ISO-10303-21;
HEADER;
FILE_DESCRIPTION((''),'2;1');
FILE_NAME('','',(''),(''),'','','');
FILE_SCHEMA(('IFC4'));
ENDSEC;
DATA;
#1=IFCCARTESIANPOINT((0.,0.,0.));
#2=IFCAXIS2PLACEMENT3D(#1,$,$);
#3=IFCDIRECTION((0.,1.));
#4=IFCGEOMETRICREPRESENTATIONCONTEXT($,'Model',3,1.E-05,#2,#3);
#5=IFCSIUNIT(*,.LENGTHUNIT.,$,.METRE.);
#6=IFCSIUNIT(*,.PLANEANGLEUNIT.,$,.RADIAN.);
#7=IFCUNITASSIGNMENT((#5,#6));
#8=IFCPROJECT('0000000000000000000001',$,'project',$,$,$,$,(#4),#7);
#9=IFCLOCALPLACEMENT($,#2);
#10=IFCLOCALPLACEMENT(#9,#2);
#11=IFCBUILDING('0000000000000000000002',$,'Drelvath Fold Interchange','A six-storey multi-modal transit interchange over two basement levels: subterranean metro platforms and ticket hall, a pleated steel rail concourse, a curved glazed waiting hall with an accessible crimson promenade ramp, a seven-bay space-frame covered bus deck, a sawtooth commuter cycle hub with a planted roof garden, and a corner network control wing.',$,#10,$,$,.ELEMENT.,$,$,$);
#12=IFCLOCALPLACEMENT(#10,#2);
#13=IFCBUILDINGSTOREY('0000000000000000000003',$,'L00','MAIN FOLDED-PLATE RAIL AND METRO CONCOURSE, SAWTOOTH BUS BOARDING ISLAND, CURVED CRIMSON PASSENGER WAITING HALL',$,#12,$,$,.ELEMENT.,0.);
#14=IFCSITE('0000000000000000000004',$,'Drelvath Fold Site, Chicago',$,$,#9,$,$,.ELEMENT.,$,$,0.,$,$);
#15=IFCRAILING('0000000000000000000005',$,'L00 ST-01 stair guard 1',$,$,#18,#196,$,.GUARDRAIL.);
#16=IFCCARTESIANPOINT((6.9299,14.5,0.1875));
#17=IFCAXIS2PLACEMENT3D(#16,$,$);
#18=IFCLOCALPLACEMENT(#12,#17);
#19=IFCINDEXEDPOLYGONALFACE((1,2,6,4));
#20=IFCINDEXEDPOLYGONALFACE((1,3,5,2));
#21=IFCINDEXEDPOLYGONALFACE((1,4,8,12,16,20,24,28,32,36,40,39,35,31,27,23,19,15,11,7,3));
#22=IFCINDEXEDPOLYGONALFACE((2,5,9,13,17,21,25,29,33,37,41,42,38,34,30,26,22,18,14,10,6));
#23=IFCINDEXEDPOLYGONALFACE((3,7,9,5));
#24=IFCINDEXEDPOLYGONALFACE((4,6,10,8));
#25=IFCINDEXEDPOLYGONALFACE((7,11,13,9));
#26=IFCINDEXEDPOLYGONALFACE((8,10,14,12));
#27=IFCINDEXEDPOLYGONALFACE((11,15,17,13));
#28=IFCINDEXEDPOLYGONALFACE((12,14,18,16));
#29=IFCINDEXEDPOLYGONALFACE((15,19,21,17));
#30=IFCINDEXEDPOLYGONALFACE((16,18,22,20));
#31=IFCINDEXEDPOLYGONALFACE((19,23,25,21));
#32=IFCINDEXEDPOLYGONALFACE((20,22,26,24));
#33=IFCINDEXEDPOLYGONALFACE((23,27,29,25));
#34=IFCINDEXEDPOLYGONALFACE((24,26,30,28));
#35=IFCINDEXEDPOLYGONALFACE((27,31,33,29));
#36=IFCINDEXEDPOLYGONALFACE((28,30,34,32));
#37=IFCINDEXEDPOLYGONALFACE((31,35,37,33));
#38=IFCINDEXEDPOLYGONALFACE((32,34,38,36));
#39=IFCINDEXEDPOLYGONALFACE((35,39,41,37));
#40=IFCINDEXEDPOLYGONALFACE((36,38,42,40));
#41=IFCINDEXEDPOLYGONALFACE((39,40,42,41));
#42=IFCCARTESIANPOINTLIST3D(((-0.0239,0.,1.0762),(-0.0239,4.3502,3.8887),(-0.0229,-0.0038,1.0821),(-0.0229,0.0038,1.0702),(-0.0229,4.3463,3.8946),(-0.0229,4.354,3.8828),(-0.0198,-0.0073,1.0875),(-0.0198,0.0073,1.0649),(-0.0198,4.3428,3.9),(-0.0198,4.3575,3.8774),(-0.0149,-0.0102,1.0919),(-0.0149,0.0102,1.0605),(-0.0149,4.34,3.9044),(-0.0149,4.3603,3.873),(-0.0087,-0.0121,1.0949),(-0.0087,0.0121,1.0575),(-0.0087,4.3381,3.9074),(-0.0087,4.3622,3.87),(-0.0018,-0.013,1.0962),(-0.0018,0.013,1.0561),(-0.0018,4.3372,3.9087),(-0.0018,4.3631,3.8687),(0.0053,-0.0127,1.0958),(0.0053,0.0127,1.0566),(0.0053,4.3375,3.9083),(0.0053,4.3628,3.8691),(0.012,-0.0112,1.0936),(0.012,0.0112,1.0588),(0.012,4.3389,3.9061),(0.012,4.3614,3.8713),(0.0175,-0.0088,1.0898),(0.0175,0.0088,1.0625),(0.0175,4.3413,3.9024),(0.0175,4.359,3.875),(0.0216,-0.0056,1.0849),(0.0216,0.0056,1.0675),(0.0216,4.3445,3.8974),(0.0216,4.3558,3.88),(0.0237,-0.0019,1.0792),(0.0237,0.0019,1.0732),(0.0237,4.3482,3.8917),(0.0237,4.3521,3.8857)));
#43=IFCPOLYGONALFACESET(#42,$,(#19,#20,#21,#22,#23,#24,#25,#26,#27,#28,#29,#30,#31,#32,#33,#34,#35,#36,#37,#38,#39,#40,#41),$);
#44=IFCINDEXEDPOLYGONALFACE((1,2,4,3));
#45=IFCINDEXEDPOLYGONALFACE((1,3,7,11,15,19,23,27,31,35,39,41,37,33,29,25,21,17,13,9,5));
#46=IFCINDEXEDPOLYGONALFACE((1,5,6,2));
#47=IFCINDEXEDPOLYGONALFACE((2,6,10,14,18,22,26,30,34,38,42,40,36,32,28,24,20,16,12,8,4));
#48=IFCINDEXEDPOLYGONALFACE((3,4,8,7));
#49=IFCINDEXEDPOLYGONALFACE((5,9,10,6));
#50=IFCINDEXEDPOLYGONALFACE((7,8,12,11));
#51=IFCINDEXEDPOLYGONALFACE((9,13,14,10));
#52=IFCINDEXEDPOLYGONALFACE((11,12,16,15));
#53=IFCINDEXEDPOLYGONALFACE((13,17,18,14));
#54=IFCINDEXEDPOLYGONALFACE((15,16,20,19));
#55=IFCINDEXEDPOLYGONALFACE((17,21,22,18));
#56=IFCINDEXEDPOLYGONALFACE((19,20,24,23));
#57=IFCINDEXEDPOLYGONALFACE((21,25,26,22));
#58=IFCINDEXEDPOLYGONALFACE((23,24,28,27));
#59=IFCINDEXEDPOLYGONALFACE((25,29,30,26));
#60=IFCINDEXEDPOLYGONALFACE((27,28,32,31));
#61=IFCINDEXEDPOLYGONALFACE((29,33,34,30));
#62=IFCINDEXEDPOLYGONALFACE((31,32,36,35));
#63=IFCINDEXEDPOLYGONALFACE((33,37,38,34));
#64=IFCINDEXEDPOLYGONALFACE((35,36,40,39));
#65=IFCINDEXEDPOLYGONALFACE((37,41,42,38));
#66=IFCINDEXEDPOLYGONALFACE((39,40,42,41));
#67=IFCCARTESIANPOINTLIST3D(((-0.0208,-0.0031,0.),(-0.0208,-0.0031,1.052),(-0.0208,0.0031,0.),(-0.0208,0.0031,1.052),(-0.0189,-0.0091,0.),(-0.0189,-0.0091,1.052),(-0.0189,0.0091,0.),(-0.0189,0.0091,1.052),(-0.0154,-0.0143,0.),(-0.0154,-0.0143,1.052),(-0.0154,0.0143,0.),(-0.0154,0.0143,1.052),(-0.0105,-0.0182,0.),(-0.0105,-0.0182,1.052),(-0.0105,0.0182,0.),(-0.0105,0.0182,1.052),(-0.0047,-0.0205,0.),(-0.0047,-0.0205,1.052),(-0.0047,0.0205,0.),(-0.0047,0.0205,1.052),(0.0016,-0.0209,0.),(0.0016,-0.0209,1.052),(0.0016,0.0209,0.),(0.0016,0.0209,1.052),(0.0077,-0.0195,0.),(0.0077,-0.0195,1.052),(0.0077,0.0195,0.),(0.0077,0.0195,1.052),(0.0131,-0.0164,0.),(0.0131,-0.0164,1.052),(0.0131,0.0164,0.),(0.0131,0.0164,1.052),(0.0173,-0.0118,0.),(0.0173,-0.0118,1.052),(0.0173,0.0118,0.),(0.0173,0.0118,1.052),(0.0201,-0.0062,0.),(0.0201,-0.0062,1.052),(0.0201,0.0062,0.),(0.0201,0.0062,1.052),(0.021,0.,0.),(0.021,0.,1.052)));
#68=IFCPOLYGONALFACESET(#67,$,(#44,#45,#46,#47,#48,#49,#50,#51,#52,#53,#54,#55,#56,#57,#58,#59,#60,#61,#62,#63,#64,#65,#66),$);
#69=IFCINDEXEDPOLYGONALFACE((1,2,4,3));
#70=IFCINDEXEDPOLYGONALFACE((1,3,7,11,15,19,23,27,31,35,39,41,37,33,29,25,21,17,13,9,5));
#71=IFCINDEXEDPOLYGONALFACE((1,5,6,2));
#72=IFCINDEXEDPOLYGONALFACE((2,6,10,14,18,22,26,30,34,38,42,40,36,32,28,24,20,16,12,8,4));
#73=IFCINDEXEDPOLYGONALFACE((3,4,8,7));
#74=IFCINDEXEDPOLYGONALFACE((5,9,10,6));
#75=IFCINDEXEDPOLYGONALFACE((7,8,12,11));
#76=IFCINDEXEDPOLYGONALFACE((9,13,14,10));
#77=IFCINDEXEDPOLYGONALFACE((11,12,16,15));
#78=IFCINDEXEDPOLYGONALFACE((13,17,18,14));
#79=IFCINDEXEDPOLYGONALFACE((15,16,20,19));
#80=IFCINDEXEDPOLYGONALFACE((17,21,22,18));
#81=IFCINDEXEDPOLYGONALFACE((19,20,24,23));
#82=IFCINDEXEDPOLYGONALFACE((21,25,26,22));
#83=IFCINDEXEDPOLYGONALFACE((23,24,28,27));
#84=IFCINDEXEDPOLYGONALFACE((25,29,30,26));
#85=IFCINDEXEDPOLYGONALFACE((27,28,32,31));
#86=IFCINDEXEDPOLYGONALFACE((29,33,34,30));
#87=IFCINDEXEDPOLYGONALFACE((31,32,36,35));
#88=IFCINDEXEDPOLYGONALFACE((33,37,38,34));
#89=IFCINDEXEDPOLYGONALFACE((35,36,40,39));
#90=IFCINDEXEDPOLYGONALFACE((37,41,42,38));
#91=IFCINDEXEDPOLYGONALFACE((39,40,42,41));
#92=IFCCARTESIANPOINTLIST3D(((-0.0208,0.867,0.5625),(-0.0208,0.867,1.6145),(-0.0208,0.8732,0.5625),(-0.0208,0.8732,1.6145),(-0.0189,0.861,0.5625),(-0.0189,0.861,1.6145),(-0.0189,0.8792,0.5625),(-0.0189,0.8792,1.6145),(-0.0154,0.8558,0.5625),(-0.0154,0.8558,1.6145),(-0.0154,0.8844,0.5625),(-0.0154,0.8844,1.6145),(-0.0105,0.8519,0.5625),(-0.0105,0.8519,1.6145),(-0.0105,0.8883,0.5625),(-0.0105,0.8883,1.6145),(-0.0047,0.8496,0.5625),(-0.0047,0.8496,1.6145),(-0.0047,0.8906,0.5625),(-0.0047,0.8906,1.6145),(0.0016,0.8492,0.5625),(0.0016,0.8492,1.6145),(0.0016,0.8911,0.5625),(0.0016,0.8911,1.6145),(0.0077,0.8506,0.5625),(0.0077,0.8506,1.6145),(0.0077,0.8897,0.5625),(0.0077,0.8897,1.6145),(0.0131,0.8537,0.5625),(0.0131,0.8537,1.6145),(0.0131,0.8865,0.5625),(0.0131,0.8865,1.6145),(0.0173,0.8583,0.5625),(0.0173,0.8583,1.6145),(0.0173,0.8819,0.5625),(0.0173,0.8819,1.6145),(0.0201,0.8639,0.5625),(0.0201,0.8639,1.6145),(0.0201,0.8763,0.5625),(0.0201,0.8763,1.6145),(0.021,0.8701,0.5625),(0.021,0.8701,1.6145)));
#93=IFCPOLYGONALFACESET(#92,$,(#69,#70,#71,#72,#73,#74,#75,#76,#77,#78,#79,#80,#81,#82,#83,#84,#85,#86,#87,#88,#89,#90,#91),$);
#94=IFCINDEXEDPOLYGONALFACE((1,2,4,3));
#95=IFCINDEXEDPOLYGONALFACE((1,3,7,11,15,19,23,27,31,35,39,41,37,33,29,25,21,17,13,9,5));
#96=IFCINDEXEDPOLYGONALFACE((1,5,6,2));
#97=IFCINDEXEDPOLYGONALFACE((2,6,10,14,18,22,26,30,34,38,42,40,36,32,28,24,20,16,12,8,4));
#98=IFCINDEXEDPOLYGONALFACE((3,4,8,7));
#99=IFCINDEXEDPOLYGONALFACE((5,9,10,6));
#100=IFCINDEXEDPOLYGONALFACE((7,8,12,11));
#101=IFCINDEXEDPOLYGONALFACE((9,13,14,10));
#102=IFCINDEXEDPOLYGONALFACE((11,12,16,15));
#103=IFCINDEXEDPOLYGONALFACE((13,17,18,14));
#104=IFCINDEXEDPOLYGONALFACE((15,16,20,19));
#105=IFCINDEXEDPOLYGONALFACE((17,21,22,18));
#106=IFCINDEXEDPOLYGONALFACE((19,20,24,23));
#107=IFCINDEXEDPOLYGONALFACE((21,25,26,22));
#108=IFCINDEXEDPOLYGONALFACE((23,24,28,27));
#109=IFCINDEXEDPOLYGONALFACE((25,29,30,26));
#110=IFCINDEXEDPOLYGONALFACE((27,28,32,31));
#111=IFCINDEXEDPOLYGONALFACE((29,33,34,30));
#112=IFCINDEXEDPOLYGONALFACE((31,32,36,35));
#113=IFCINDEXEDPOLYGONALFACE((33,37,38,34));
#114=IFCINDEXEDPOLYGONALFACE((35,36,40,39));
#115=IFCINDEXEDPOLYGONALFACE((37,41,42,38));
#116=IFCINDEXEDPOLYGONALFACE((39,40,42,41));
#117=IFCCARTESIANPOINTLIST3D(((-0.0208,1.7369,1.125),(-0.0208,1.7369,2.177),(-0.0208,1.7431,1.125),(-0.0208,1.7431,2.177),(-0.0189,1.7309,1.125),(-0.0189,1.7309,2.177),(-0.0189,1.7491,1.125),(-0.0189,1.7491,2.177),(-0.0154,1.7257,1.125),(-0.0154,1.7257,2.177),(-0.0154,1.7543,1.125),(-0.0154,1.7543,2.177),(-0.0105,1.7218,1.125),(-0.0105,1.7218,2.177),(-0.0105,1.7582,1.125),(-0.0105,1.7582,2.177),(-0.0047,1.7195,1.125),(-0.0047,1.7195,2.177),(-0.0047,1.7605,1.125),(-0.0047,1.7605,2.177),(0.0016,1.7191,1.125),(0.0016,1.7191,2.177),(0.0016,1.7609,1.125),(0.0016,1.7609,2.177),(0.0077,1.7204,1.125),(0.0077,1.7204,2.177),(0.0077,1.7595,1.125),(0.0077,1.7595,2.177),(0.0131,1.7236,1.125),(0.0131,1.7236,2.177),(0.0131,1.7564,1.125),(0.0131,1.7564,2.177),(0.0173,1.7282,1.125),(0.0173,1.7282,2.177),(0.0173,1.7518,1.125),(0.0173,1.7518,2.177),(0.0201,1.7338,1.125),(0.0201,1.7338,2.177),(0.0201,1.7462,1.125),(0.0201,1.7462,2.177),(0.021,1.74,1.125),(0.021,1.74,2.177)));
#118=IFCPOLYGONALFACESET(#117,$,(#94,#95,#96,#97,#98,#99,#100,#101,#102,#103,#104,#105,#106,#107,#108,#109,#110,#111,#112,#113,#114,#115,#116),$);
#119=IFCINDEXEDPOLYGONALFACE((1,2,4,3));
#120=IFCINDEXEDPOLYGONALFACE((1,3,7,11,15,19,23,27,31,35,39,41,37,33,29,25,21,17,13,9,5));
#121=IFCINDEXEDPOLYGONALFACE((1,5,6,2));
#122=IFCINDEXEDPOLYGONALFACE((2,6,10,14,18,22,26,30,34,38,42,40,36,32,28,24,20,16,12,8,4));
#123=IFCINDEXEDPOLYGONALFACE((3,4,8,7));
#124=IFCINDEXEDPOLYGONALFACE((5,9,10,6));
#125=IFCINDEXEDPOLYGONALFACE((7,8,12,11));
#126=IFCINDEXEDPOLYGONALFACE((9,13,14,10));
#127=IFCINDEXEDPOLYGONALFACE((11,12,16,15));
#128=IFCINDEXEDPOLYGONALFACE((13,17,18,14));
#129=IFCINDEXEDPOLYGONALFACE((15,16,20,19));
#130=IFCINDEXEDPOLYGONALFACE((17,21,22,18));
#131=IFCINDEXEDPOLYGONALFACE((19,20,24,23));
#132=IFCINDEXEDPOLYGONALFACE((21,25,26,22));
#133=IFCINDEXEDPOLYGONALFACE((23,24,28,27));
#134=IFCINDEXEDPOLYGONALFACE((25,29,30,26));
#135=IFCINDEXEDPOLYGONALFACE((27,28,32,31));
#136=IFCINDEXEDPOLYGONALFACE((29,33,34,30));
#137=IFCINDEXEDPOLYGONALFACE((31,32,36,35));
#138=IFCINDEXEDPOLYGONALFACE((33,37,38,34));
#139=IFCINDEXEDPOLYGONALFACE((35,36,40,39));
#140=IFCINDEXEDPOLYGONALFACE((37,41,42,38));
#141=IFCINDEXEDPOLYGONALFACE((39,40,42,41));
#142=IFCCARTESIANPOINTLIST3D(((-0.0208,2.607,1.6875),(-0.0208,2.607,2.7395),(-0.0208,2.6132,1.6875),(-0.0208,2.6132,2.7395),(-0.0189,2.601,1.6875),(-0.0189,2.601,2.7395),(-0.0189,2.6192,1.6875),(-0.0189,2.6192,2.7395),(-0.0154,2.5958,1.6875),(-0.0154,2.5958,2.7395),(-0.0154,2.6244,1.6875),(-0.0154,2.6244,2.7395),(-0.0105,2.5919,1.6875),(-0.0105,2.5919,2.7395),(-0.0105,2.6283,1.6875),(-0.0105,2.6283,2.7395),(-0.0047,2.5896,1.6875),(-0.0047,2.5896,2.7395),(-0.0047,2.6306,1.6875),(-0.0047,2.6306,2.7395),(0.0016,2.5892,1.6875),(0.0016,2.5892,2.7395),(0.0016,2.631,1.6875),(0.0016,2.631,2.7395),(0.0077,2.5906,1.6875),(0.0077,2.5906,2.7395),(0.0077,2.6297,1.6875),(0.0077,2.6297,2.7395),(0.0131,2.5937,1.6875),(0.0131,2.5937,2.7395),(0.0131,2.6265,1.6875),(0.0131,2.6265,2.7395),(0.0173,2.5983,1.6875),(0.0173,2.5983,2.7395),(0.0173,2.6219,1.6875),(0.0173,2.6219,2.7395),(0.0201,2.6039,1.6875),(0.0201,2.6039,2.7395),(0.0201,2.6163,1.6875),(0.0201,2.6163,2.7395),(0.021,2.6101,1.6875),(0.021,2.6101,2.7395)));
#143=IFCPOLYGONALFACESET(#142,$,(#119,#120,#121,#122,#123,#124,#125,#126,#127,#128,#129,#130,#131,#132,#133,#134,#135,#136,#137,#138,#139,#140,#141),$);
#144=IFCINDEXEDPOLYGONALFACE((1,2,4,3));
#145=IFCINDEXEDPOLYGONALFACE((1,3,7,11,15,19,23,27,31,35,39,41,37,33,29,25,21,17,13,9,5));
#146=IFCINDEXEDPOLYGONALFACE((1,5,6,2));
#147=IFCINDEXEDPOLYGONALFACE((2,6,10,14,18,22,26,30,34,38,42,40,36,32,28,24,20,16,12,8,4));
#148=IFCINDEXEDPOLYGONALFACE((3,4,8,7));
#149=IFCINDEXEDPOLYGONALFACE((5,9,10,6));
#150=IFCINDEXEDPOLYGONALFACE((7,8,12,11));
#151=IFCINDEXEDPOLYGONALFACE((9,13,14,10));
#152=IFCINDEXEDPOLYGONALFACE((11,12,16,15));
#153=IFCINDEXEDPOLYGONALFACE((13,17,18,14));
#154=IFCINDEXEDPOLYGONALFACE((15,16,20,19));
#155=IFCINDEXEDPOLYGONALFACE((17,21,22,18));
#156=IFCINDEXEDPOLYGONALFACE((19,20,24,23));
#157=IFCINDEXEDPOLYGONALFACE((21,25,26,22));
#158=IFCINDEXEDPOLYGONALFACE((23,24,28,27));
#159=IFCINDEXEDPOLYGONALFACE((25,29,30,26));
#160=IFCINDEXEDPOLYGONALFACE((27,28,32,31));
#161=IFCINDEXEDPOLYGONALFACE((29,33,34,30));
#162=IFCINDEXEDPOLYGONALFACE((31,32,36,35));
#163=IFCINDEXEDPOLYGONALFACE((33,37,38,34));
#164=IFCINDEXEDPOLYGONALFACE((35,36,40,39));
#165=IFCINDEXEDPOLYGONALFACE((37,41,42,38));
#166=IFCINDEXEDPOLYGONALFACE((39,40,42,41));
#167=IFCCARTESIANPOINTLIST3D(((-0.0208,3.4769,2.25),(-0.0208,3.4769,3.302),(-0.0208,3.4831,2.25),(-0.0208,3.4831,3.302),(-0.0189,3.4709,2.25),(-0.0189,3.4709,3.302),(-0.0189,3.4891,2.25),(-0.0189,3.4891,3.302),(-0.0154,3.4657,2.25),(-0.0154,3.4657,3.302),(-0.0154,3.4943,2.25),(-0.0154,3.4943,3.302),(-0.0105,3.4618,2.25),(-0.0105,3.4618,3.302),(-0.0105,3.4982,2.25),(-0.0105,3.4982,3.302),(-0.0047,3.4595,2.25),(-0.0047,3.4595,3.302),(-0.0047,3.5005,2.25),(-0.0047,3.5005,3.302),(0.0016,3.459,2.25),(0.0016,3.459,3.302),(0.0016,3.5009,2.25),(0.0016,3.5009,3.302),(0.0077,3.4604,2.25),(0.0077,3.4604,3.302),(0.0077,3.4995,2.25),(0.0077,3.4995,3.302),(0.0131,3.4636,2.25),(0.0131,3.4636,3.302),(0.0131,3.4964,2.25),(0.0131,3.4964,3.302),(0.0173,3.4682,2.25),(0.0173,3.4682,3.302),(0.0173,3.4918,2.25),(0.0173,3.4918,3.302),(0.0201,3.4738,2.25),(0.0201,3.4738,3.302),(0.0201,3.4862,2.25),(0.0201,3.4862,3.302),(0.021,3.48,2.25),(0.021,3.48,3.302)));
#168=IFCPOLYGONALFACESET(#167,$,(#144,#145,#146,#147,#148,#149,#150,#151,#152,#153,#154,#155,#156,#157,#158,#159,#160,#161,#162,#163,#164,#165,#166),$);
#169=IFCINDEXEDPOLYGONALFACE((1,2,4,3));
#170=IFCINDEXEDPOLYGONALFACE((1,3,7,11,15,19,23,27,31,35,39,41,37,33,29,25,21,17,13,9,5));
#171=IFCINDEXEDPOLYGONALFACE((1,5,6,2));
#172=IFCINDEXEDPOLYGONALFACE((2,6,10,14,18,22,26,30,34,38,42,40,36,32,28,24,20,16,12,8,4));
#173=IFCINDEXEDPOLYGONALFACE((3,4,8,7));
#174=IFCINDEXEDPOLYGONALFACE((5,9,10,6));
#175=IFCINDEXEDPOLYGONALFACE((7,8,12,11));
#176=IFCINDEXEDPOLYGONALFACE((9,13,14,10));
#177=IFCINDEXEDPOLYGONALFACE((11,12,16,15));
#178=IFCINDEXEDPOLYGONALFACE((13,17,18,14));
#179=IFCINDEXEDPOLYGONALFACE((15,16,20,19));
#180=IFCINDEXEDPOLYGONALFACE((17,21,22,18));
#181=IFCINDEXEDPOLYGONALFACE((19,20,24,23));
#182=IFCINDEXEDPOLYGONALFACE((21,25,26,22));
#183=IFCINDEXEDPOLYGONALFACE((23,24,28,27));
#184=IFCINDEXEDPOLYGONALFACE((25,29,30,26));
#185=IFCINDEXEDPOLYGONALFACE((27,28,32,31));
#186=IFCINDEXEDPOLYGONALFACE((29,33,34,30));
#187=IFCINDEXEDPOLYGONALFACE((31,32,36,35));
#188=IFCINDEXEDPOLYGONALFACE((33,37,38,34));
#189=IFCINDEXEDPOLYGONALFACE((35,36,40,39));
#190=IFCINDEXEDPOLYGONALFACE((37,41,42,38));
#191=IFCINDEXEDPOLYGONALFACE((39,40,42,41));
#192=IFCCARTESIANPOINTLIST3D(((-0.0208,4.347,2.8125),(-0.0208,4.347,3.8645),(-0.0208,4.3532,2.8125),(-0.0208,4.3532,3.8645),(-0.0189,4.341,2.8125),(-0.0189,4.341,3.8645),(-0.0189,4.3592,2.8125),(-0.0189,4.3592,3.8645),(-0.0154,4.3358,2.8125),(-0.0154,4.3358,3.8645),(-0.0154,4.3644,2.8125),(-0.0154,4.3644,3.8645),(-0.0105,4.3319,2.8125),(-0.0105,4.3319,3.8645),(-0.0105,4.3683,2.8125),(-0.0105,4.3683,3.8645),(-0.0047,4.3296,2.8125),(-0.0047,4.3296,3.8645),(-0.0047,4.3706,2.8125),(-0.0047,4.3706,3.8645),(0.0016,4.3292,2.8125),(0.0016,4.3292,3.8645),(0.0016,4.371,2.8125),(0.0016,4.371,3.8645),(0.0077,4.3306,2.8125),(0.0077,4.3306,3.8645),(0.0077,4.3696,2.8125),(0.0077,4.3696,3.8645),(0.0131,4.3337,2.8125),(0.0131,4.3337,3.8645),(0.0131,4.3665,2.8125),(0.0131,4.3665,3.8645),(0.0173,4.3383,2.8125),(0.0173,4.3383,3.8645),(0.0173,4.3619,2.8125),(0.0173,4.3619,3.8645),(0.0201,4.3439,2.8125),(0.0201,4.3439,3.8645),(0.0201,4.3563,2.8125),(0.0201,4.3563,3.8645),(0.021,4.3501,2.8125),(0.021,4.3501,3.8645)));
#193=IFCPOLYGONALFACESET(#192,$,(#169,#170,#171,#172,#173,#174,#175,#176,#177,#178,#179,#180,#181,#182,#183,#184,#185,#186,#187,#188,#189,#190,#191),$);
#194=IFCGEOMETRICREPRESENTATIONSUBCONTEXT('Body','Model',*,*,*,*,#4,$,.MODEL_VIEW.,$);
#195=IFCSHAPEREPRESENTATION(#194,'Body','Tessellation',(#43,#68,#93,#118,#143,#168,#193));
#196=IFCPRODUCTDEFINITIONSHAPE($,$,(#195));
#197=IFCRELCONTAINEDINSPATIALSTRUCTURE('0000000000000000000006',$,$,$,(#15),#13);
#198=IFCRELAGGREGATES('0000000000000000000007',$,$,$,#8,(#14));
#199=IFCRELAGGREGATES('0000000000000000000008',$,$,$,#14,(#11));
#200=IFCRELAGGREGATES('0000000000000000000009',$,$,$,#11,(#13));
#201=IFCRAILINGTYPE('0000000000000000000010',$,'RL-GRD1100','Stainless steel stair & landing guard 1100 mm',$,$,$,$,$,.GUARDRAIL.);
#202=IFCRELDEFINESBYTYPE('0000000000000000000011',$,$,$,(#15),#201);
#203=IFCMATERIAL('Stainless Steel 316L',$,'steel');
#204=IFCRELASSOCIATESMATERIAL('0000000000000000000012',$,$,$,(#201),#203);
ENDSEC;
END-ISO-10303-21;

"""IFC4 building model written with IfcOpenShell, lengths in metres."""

from ifc_helpers import new_model, si_unit, direction, frame, origin, origin_2d, place, context, subcontext, project, spatial, circle, extrude, material, type_object, element, save


model = new_model("IFC4")

# Units and contexts
model_context = context("Model", 3, precision=1e-05, world=origin(), true_north=direction((0.0, 1.0)))
body_context = subcontext(model_context, "Body", "Model", "MODEL_VIEW")
ifc_project = project(units=[si_unit("LENGTHUNIT", "METRE"), si_unit("PLANEANGLEUNIT", "RADIAN")], contexts=[model_context])

# Site, building, storey
site_placement = place(None, origin())
site = spatial("IfcSite", under=ifc_project, at=site_placement, Name="Drelvath Fold Site, Chicago", CompositionType="ELEMENT", RefElevation=0.0)
building_placement = place(site_placement, origin())
building = spatial("IfcBuilding", under=site, at=building_placement, Name="Drelvath Fold Interchange", Description="A six-storey multi-modal transit interchange over two basement levels: subterranean metro platforms and ticket hall, a pleated steel rail concourse, a curved glazed waiting hall with an accessible crimson promenade ramp, a seven-bay space-frame covered bus deck, a sawtooth commuter cycle hub with a planted roof garden, and a corner network control wing.", CompositionType="ELEMENT")
storey_placement = place(building_placement, origin())
storey = spatial("IfcBuildingStorey", under=building, at=storey_placement, Name="L00", Description="MAIN FOLDED-PLATE RAIL AND METRO CONCOURSE, SAWTOOTH BUS BOARDING ISLAND, CURVED CRIMSON PASSENGER WAITING HALL", CompositionType="ELEMENT", Elevation=0.0)

# Railing
ifc_material_1 = material(Name="Stainless Steel 316L", Category="steel")
railing_type_1 = type_object("IfcRailingType", Name="RL-GRD1100", Description="Stainless steel stair & landing guard 1100 mm", PredefinedType="GUARDRAIL", material=ifc_material_1)
railing_1_placement = place(storey_placement, frame((6.9299, 14.5, 0.1875)))
element("IfcRailing", 1, at=railing_1_placement, inside=storey, type_object=railing_type_1, Name="L00 ST-01 stair guard 1", PredefinedType="GUARDRAIL", context=body_context, shape_type="SweptSolid", body=[
    extrude(circle(Radius=0.0239, at=origin_2d()), frame((0.0, 0.0, 1.0762), z_axis=(0.0, 0.83977, 0.542942), x_axis=(-1.0, 0.0, 0.0)), (0.0, 0.0, 1.0), 5.1802),
    extrude(circle(Radius=0.021, at=origin_2d()), origin(), (0.0, 0.0, 1.0), 1.052),
    extrude(circle(Radius=0.021, at=origin_2d()), frame((0.0, 0.8701, 0.5625)), (0.0, 0.0, 1.0), 1.052),
    extrude(circle(Radius=0.021, at=origin_2d()), frame((0.0, 1.74, 1.125)), (0.0, 0.0, 1.0), 1.052),
    extrude(circle(Radius=0.021, at=origin_2d()), frame((0.0, 2.6101, 1.6875)), (0.0, 0.0, 1.0), 1.052),
    extrude(circle(Radius=0.021, at=origin_2d()), frame((0.0, 3.48, 2.25)), (0.0, 0.0, 1.0), 1.052),
    extrude(circle(Radius=0.021, at=origin_2d()), frame((0.0, 4.3501, 2.8125)), (0.0, 0.0, 1.0), 1.052),
])

save(model, "model.ifc")
